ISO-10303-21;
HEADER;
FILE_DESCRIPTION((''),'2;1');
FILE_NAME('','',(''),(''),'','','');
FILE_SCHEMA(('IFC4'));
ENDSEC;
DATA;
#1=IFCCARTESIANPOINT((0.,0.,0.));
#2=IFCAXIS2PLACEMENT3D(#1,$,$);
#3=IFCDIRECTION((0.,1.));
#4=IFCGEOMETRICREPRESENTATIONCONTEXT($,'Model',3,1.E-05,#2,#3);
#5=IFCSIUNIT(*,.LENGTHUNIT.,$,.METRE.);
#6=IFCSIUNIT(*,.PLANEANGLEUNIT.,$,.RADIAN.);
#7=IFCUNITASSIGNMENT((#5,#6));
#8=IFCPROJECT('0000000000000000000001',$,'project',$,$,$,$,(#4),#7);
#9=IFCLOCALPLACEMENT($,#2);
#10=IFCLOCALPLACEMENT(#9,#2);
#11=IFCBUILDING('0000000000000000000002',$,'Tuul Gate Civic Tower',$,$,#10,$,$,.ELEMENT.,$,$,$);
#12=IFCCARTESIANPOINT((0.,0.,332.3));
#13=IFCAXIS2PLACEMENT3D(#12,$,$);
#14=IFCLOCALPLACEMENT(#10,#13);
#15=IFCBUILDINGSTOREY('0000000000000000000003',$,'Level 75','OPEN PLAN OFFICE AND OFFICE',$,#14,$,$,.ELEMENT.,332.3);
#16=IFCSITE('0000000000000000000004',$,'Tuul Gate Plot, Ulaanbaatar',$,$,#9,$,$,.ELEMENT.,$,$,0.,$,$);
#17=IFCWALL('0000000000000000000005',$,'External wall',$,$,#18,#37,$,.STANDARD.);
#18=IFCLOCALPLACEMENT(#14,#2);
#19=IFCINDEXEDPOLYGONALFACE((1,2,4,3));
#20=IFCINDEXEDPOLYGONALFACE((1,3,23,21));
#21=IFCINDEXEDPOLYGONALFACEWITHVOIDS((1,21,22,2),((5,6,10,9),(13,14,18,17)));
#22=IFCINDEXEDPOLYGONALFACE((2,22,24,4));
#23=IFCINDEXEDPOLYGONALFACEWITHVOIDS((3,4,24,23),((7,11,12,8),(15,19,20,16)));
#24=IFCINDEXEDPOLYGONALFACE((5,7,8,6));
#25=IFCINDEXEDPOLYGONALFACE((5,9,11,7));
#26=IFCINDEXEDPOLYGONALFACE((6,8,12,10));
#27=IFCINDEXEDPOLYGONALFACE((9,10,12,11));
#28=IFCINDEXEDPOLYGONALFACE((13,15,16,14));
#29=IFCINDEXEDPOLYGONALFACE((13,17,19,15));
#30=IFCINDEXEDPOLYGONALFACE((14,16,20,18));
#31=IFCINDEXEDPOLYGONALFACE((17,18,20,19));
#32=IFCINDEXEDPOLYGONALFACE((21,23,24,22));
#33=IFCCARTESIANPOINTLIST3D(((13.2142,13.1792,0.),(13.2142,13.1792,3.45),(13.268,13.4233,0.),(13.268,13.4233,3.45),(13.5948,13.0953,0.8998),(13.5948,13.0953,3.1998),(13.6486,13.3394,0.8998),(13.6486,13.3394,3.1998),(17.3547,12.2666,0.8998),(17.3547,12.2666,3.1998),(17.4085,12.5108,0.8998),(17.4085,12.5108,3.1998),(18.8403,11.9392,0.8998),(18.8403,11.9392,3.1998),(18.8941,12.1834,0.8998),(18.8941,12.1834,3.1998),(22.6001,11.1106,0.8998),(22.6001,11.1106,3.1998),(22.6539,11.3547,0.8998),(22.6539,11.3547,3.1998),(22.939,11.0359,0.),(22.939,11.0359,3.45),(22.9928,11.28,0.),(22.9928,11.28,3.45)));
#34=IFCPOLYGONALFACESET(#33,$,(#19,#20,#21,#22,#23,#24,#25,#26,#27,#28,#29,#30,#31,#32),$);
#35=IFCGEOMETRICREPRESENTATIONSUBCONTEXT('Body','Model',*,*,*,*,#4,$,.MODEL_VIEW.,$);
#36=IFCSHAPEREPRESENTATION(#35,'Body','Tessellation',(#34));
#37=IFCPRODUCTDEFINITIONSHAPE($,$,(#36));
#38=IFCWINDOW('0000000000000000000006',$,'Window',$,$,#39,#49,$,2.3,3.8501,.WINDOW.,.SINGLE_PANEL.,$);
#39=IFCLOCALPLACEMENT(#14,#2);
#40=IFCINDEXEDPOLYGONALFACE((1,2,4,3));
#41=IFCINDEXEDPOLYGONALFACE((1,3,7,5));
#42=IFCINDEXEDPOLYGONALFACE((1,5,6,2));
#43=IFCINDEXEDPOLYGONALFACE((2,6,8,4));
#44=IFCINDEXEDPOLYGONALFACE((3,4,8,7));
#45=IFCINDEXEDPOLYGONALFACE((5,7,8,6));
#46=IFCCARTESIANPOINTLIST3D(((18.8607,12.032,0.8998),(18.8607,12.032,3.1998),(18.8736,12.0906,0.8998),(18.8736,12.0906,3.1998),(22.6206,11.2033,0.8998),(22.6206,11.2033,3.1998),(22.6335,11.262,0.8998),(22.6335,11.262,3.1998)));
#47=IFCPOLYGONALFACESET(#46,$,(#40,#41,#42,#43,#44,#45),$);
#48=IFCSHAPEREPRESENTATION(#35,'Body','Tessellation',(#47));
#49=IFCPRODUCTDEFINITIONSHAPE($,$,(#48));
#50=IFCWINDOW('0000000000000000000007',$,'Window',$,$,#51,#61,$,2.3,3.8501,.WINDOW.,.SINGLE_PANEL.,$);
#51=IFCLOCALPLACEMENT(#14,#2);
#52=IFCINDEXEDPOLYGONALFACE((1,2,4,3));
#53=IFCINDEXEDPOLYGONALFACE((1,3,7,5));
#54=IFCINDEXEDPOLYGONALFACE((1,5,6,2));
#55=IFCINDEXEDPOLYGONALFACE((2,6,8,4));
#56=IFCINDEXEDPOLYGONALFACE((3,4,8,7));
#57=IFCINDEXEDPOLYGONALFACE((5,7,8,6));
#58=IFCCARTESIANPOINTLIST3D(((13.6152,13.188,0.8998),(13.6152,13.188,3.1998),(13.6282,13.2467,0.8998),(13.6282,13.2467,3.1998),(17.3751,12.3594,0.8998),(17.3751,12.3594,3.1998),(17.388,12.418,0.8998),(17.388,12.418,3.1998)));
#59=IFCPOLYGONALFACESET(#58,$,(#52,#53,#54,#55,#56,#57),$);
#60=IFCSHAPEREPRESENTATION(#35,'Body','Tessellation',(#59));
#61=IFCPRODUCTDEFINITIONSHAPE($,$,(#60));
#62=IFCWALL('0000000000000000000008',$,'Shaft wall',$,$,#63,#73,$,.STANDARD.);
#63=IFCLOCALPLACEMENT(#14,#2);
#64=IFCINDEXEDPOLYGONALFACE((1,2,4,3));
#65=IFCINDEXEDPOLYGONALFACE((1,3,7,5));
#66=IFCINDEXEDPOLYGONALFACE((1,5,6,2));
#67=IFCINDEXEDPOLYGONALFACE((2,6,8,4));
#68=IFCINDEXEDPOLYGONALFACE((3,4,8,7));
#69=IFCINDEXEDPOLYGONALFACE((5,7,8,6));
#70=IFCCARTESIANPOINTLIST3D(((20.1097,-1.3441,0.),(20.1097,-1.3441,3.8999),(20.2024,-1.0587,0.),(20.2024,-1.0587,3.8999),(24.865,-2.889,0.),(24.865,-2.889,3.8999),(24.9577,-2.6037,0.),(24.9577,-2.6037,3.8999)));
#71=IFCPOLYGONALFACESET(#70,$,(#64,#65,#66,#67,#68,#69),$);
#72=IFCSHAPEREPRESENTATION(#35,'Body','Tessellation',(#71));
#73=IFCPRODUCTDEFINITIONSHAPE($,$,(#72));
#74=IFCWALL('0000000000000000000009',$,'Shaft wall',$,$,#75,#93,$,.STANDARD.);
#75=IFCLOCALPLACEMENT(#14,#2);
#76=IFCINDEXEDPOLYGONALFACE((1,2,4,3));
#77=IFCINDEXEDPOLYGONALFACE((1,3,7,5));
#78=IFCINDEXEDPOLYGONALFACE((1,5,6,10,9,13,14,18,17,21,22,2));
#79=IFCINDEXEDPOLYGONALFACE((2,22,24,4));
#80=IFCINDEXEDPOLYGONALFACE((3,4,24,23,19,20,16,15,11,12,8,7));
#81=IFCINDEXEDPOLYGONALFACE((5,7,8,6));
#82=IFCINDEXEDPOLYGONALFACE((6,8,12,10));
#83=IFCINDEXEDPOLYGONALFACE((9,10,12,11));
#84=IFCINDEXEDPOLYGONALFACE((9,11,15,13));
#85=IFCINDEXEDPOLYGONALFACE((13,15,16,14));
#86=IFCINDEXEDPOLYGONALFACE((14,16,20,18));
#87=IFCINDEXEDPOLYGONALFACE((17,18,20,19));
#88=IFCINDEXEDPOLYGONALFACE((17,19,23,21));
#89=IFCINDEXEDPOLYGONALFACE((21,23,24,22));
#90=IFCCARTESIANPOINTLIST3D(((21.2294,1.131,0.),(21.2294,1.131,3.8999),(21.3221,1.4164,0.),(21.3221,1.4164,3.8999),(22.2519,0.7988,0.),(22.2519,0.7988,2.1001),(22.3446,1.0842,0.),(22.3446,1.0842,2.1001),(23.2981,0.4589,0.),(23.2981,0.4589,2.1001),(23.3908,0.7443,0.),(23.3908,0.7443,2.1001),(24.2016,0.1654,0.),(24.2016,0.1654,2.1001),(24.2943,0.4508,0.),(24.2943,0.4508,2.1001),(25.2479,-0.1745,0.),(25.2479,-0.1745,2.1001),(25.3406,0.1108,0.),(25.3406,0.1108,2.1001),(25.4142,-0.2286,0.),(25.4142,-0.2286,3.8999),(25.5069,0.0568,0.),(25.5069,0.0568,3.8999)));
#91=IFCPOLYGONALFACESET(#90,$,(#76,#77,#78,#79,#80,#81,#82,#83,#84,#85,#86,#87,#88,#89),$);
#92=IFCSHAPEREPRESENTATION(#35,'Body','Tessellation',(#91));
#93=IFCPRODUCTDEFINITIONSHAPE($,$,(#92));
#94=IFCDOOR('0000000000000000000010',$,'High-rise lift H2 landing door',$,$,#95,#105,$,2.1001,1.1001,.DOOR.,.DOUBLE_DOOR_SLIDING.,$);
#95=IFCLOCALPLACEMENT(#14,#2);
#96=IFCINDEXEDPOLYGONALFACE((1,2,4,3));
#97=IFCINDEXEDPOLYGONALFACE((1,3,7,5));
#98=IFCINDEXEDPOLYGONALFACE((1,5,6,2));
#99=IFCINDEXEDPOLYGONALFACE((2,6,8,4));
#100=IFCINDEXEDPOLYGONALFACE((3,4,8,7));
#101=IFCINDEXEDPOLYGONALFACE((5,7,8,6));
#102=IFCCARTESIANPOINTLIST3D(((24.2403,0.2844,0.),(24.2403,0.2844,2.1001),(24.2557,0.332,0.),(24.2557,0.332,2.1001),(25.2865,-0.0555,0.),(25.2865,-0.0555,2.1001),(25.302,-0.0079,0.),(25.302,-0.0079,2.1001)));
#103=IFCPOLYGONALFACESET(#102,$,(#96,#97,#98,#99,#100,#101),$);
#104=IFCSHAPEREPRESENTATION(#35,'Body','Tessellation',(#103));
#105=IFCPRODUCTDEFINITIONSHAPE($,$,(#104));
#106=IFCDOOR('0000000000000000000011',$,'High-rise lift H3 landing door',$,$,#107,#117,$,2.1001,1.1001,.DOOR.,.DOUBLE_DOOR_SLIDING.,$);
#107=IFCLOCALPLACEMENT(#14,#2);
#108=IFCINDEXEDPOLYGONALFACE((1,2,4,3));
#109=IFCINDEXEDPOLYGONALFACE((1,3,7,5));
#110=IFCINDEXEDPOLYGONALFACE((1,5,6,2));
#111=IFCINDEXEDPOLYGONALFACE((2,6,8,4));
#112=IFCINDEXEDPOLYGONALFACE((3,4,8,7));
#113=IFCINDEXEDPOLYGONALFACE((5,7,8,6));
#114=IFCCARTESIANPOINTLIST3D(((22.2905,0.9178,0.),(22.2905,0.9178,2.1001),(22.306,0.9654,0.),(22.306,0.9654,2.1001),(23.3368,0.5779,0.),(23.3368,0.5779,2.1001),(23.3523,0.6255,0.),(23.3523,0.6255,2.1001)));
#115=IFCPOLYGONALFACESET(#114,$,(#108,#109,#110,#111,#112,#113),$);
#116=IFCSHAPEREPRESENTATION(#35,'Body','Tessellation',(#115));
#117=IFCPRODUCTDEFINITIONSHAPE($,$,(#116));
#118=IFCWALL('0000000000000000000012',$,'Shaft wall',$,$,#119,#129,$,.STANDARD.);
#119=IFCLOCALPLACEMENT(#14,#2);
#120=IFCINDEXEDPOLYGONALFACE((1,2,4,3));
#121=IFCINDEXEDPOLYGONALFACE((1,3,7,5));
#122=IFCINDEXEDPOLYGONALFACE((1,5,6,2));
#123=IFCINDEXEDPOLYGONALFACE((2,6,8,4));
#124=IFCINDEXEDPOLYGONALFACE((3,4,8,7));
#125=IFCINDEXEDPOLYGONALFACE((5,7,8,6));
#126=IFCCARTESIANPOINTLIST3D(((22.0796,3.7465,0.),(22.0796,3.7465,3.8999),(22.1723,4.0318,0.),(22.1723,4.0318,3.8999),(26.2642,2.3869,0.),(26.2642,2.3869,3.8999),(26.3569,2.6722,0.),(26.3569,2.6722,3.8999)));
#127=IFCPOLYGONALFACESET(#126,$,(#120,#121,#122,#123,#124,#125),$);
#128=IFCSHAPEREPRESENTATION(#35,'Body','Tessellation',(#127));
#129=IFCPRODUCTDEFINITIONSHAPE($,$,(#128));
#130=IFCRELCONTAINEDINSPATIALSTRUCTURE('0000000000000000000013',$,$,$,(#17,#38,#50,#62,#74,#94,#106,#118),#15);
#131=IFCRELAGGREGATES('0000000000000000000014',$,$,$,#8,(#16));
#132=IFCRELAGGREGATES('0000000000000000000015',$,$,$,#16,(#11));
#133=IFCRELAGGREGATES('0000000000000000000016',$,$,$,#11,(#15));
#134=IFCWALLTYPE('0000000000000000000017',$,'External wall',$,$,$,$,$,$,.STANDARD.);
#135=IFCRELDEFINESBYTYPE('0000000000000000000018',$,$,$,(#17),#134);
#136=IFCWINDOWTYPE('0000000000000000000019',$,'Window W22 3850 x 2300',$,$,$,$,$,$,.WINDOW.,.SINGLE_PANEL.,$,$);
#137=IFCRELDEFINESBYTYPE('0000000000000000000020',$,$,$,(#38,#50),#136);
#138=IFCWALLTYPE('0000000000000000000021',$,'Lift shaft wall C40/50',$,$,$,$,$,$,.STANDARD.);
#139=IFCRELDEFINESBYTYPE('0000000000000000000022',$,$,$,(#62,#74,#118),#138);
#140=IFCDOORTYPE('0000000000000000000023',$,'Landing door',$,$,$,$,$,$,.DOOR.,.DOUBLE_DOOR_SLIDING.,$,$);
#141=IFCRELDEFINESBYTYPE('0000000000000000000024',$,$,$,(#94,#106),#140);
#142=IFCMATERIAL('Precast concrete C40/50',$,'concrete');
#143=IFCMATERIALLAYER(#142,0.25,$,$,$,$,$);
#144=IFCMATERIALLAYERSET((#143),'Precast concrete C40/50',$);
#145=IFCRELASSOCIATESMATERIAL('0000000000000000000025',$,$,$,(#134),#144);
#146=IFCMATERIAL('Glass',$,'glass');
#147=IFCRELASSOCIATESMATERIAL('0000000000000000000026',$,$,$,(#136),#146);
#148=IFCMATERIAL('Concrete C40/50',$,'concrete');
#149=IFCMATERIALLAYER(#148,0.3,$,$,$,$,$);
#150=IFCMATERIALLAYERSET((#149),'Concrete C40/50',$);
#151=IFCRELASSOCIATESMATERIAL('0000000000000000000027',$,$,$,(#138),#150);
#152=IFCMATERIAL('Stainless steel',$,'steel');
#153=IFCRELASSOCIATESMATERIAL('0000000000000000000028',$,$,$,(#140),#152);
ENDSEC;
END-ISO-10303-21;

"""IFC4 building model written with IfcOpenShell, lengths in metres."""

from ifc_helpers import new_model, si_unit, direction, frame, frame_2d, origin, place, context, subcontext, project, spatial, rectangle, extrude, material, layer, layer_set, type_object, element, fill, save


model = new_model("IFC4")

# Units and contexts
model_context = context("Model", 3, precision=1e-05, world=origin(), true_north=direction((0.0, 1.0)))
body_context = subcontext(model_context, "Body", "Model", "MODEL_VIEW")
ifc_project = project(units=[si_unit("LENGTHUNIT", "METRE"), si_unit("PLANEANGLEUNIT", "RADIAN")], contexts=[model_context])

# Site, building, storey
site_placement = place(None, origin())
site = spatial("IfcSite", under=ifc_project, at=site_placement, Name="Tuul Gate Plot, Ulaanbaatar", CompositionType="ELEMENT", RefElevation=0.0)
building_placement = place(site_placement, origin())
building = spatial("IfcBuilding", under=site, at=building_placement, Name="Tuul Gate Civic Tower", CompositionType="ELEMENT")
storey_placement = place(building_placement, frame((0.0, 0.0, 332.3)))
storey = spatial("IfcBuildingStorey", under=building, at=storey_placement, Name="Level 75", Description="OPEN PLAN OFFICE AND OFFICE", CompositionType="ELEMENT", Elevation=332.3)

# Wall, openings, windows
ifc_material_1 = material(Name="Precast concrete C40/50", Category="concrete")
ifc_layer_1 = layer(ifc_material_1, 0.25)
ifc_layer_set_1 = layer_set([ifc_layer_1], Name="Precast concrete C40/50")
wall_type_1 = type_object("IfcWallType", Name="External wall", PredefinedType="STANDARD", material=ifc_layer_set_1)
wall_1_placement = place(storey_placement, frame((22.9658, 11.158, 0.0), z_axis=(0.0, 0.0, 1.0), x_axis=(-0.976563, 0.21523, 0.0)))
wall_1 = element("IfcWall", 1, at=wall_1_placement, inside=storey, type_object=wall_type_1, Name="External wall", PredefinedType="STANDARD", context=body_context, shape_type="SweptSolid", body=[
    extrude(rectangle(XDim=9.9583, YDim=0.25, at=frame_2d((4.979, 0.0))), origin(), (0.0, 0.0, 1.0), 3.45),
])
opening_1_placement = place(wall_1_placement, frame((0.3469, 0.0, 0.8999)))
opening_1 = element("IfcOpeningElement", 2, at=opening_1_placement, cuts=wall_1, PredefinedType="OPENING", context=body_context, shape_type="SweptSolid", body=[
    extrude(rectangle(XDim=3.8501, YDim=2.3, at=frame_2d((1.925, 1.1499))), frame((0.0, 0.135, 0.0), z_axis=(0.0, -1.0, 0.0), x_axis=(1.0, 0.0, 0.0)), (0.0, 0.0, 1.0), 0.27),
])
opening_2_placement = place(wall_1_placement, frame((5.7183, 0.0, 0.8999)))
opening_2 = element("IfcOpeningElement", 3, at=opening_2_placement, cuts=wall_1, PredefinedType="OPENING", context=body_context, shape_type="SweptSolid", body=[
    extrude(rectangle(XDim=3.8501, YDim=2.3, at=frame_2d((1.925, 1.1499))), frame((0.0, 0.135, 0.0), z_axis=(0.0, -1.0, 0.0), x_axis=(1.0, 0.0, 0.0)), (0.0, 0.0, 1.0), 0.27),
])
ifc_material_2 = material(Name="Glass", Category="glass")
window_type = type_object("IfcWindowType", Name="Window W22 3850 x 2300", PartitioningType="SINGLE_PANEL", PredefinedType="WINDOW", material=ifc_material_2)
window_1_placement = place(opening_1_placement, origin())
window_1 = element("IfcWindow", 4, at=window_1_placement, inside=storey, type_object=window_type, Name="Window", OverallHeight=2.3, OverallWidth=3.8501, PartitioningType="SINGLE_PANEL", PredefinedType="WINDOW", context=body_context, shape_type="SweptSolid", body=[
    extrude(rectangle(XDim=3.8501, YDim=2.3, at=frame_2d((1.925, 1.1499))), frame((0.0, 0.03, 0.0), z_axis=(0.0, -1.0, 0.0), x_axis=(1.0, 0.0, 0.0)), (0.0, 0.0, 1.0), 0.0601),
])
fill(opening_1, window_1)
window_2_placement = place(opening_2_placement, origin())
window_2 = element("IfcWindow", 5, at=window_2_placement, inside=storey, type_object=window_type, Name="Window", OverallHeight=2.3, OverallWidth=3.8501, PartitioningType="SINGLE_PANEL", PredefinedType="WINDOW", context=body_context, shape_type="SweptSolid", body=[
    extrude(rectangle(XDim=3.8501, YDim=2.3, at=frame_2d((1.925, 1.1499))), frame((0.0, 0.03, 0.0), z_axis=(0.0, -1.0, 0.0), x_axis=(1.0, 0.0, 0.0)), (0.0, 0.0, 1.0), 0.0601),
])
fill(opening_2, window_2)

# Wall
ifc_material_3 = material(Name="Concrete C40/50", Category="concrete")
ifc_layer_2 = layer(ifc_material_3, 0.3)
ifc_layer_set_2 = layer_set([ifc_layer_2], Name="Concrete C40/50")
wall_type_2 = type_object("IfcWallType", Name="Lift shaft wall C40/50", PredefinedType="STANDARD", material=ifc_layer_set_2)
wall_2_placement = place(storey_placement, frame((24.9114, -2.7463, 0.0), z_axis=(0.0, 0.0, 1.0), x_axis=(-0.951068, 0.308982, 0.0)))
element("IfcWall", 6, at=wall_2_placement, inside=storey, type_object=wall_type_2, Name="Shaft wall", PredefinedType="STANDARD", context=body_context, shape_type="SweptSolid", body=[
    extrude(rectangle(XDim=5.0, YDim=0.3, at=frame_2d((2.5, 0.0))), origin(), (0.0, 0.0, 1.0), 3.8999),
])

# Wall, openings, doors
wall_3_placement = place(storey_placement, frame((25.4607, -0.0859, 0.0), z_axis=(0.0, 0.0, 1.0), x_axis=(-0.951064, 0.308994, 0.0)))
wall_3 = element("IfcWall", 7, at=wall_3_placement, inside=storey, type_object=wall_type_2, Name="Shaft wall", PredefinedType="STANDARD", context=body_context, shape_type="SweptSolid", body=[
    extrude(rectangle(XDim=4.4001, YDim=0.3, at=frame_2d((2.2002, 0.0))), origin(), (0.0, 0.0, 1.0), 3.8999),
])
opening_3_placement = place(wall_3_placement, frame((0.175, 0.0, 0.0)))
opening_3 = element("IfcOpeningElement", 8, at=opening_3_placement, cuts=wall_3, PredefinedType="OPENING", context=body_context, shape_type="SweptSolid", body=[
    extrude(rectangle(XDim=1.1001, YDim=2.1001, at=frame_2d((0.55, 1.05))), frame((0.0, 0.1602, 0.0), z_axis=(0.0, -1.0, 0.0), x_axis=(1.0, 0.0, 0.0)), (0.0, 0.0, 1.0), 0.3201),
])
opening_4_placement = place(wall_3_placement, frame((2.2251, 0.0, 0.0)))
opening_4 = element("IfcOpeningElement", 9, at=opening_4_placement, cuts=wall_3, PredefinedType="OPENING", context=body_context, shape_type="SweptSolid", body=[
    extrude(rectangle(XDim=1.1001, YDim=2.1001, at=frame_2d((0.55, 1.05))), frame((0.0, 0.1602, 0.0), z_axis=(0.0, -1.0, 0.0), x_axis=(1.0, 0.0, 0.0)), (0.0, 0.0, 1.0), 0.3201),
])
ifc_material_4 = material(Name="Stainless steel", Category="steel")
door_type_1 = type_object("IfcDoorType", Name="Landing door", OperationType="DOUBLE_DOOR_SLIDING", PredefinedType="DOOR", material=ifc_material_4)
door_1_placement = place(opening_3_placement, origin())
door_1 = element("IfcDoor", 10, at=door_1_placement, inside=storey, type_object=door_type_1, Name="High-rise lift H2 landing door", OperationType="DOUBLE_DOOR_SLIDING", OverallHeight=2.1001, OverallWidth=1.1001, PredefinedType="DOOR", context=body_context, shape_type="SweptSolid", body=[
    extrude(rectangle(XDim=1.1001, YDim=2.1001, at=frame_2d((0.55, 1.05))), frame((0.0, 0.0249, 0.0), z_axis=(0.0, -1.0, 0.0), x_axis=(1.0, 0.0, 0.0)), (0.0, 0.0, 1.0), 0.05),
])
fill(opening_3, door_1)
door_2_placement = place(opening_4_placement, origin())
door_2 = element("IfcDoor", 11, at=door_2_placement, inside=storey, type_object=door_type_1, Name="High-rise lift H3 landing door", OperationType="DOUBLE_DOOR_SLIDING", OverallHeight=2.1001, OverallWidth=1.1001, PredefinedType="DOOR", context=body_context, shape_type="SweptSolid", body=[
    extrude(rectangle(XDim=1.1001, YDim=2.1001, at=frame_2d((0.55, 1.05))), frame((0.0, 0.0249, 0.0), z_axis=(0.0, -1.0, 0.0), x_axis=(1.0, 0.0, 0.0)), (0.0, 0.0, 1.0), 0.05),
])
fill(opening_4, door_2)

# Wall
wall_4_placement = place(storey_placement, frame((26.3105, 2.5295, 0.0), z_axis=(0.0, 0.0, 1.0), x_axis=(-0.951059, 0.309011, 0.0)))
element("IfcWall", 12, at=wall_4_placement, inside=storey, type_object=wall_type_2, Name="Shaft wall", PredefinedType="STANDARD", context=body_context, shape_type="SweptSolid", body=[
    extrude(rectangle(XDim=4.3999, YDim=0.3, at=frame_2d((2.2, 0.0))), origin(), (0.0, 0.0, 1.0), 3.8999),
])

save(model, "model.ifc")
